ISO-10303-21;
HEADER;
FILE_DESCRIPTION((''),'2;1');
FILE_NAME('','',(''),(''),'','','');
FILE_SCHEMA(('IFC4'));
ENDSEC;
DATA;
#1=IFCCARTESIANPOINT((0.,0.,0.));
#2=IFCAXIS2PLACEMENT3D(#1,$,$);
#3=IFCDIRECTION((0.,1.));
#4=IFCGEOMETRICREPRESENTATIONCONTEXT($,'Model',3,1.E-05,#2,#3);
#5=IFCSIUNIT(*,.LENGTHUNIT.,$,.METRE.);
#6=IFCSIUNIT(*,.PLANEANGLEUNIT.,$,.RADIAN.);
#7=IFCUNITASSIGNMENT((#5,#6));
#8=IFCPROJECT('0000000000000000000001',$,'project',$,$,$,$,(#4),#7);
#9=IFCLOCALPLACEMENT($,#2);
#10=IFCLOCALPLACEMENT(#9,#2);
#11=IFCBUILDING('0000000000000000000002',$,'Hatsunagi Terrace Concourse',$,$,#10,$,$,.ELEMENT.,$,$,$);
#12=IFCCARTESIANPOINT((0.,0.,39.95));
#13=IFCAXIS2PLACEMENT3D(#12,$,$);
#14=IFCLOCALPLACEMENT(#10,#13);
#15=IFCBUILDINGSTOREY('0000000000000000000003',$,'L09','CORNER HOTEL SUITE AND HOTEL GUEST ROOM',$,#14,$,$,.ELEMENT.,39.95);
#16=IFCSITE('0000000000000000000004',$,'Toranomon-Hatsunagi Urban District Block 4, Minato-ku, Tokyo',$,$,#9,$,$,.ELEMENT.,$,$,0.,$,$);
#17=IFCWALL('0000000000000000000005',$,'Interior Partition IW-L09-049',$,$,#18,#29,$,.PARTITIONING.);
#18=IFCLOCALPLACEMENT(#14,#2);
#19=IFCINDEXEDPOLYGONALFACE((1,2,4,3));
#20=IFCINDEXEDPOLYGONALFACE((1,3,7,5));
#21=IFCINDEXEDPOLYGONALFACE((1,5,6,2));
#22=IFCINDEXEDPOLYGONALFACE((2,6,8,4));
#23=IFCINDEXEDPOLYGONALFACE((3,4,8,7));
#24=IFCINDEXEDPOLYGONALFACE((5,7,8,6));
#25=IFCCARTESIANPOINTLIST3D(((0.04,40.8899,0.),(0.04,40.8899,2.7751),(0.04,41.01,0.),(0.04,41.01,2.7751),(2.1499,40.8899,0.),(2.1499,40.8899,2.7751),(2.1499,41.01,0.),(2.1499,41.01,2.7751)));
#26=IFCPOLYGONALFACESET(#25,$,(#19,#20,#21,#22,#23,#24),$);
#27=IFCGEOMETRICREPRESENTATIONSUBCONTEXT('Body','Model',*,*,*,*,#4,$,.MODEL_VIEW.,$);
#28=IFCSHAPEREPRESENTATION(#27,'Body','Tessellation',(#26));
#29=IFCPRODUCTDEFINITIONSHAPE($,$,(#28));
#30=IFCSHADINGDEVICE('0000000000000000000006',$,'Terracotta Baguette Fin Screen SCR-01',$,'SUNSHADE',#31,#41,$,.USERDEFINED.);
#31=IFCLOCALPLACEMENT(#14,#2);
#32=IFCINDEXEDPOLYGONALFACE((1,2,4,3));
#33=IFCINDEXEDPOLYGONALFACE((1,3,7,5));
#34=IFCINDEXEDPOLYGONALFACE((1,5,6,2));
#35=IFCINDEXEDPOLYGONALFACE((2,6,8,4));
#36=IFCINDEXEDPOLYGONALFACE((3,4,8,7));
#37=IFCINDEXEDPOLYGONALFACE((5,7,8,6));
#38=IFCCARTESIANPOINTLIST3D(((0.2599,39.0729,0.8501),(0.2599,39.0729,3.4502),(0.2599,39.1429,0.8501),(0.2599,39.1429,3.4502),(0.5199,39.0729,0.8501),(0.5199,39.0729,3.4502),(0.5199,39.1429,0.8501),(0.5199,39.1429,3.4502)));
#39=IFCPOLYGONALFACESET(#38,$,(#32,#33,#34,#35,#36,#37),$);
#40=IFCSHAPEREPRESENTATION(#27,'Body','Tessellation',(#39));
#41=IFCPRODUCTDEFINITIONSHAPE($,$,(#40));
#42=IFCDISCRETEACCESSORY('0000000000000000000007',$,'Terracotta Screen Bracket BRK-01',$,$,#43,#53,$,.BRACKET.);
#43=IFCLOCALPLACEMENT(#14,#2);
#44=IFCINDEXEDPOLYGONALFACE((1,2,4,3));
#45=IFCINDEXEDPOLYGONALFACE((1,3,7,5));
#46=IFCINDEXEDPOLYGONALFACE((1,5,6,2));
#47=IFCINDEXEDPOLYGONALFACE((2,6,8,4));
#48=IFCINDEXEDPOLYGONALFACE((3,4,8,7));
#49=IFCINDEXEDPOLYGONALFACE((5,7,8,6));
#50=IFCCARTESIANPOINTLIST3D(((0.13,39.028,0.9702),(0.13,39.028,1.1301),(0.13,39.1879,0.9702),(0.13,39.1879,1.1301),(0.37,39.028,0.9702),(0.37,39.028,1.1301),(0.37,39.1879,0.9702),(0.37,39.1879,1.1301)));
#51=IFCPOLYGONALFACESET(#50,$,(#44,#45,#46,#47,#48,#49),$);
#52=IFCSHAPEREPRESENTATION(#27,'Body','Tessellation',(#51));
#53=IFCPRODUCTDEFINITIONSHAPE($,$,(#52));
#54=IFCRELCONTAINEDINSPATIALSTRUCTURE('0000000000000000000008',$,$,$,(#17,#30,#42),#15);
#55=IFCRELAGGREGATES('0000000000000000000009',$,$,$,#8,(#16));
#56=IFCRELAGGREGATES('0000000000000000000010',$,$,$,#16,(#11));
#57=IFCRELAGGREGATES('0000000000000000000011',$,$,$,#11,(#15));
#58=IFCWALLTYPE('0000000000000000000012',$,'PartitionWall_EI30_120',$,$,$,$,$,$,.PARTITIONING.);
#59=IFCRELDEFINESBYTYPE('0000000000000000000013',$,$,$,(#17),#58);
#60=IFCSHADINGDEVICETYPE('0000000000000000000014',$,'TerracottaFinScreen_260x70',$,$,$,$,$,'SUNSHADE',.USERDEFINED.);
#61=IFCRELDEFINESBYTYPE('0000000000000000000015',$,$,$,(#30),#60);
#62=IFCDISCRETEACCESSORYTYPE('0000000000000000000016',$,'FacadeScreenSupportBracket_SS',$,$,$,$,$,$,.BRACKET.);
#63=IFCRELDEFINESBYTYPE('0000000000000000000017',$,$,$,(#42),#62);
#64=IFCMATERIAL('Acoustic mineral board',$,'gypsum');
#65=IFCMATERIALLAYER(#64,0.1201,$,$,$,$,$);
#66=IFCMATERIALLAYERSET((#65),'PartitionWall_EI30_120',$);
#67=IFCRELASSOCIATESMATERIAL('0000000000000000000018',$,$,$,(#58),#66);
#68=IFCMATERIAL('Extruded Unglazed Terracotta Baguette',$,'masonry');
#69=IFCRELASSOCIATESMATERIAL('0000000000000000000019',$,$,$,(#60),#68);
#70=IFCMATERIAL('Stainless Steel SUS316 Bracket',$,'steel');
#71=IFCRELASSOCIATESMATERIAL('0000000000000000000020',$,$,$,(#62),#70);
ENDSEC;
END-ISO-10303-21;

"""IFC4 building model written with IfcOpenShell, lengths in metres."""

from ifc_helpers import new_model, si_unit, direction, frame, frame_2d, origin, origin_2d, place, context, subcontext, project, spatial, rectangle, extrude, material, layer, layer_set, type_object, element, save


model = new_model("IFC4")

# Units and contexts
model_context = context("Model", 3, precision=1e-05, world=origin(), true_north=direction((0.0, 1.0)))
body_context = subcontext(model_context, "Body", "Model", "MODEL_VIEW")
ifc_project = project(units=[si_unit("LENGTHUNIT", "METRE"), si_unit("PLANEANGLEUNIT", "RADIAN")], contexts=[model_context])

# Site, building, storey
site_placement = place(None, origin())
site = spatial("IfcSite", under=ifc_project, at=site_placement, Name="Toranomon-Hatsunagi Urban District Block 4, Minato-ku, Tokyo", CompositionType="ELEMENT", RefElevation=0.0)
building_placement = place(site_placement, origin())
building = spatial("IfcBuilding", under=site, at=building_placement, Name="Hatsunagi Terrace Concourse", CompositionType="ELEMENT")
storey_placement = place(building_placement, frame((0.0, 0.0, 39.95)))
storey = spatial("IfcBuildingStorey", under=building, at=storey_placement, Name="L09", Description="CORNER HOTEL SUITE AND HOTEL GUEST ROOM", CompositionType="ELEMENT", Elevation=39.95)

# Wall
ifc_material_1 = material(Name="Acoustic mineral board", Category="gypsum")
ifc_layer_1 = layer(ifc_material_1, 0.1201)
ifc_layer_set_1 = layer_set([ifc_layer_1], Name="PartitionWall_EI30_120")
wall_type = type_object("IfcWallType", Name="PartitionWall_EI30_120", PredefinedType="PARTITIONING", material=ifc_layer_set_1)
wall_placement = place(storey_placement, frame((0.04, 40.95, 0.0), z_axis=(0.0, 0.0, 1.0), x_axis=(1.0, 0.0, 0.0)))
element("IfcWall", 1, at=wall_placement, inside=storey, type_object=wall_type, Name="Interior Partition IW-L09-049", PredefinedType="PARTITIONING", context=body_context, shape_type="SweptSolid", body=[
    extrude(rectangle(XDim=2.1099, YDim=0.1201, at=frame_2d((1.0549, 0.0))), origin(), (0.0, 0.0, 1.0), 2.7751),
])

# Shading device
ifc_material_2 = material(Name="Extruded Unglazed Terracotta Baguette", Category="masonry")
shading_device_type = type_object("IfcShadingDeviceType", Name="TerracottaFinScreen_260x70", ElementType="SUNSHADE", PredefinedType="USERDEFINED", material=ifc_material_2)
shading_device_placement = place(storey_placement, frame((0.3899, 39.1079, 0.8501), z_axis=(0.0, 0.0, 1.0), x_axis=(0.0, 1.0, 0.0)))
element("IfcShadingDevice", 2, at=shading_device_placement, inside=storey, type_object=shading_device_type, Name="Terracotta Baguette Fin Screen SCR-01", ObjectType="SUNSHADE", PredefinedType="USERDEFINED", context=body_context, shape_type="SweptSolid", body=[
    extrude(rectangle(XDim=0.0701, YDim=0.26, at=origin_2d()), origin(), (0.0, 0.0, 1.0), 2.6001),
])

# Discrete accessory
ifc_material_3 = material(Name="Stainless Steel SUS316 Bracket", Category="steel")
discrete_accessory_type = type_object("IfcDiscreteAccessoryType", Name="FacadeScreenSupportBracket_SS", PredefinedType="BRACKET", material=ifc_material_3)
discrete_accessory_placement = place(storey_placement, frame((0.25, 39.1079, 0.9702), z_axis=(0.0, 0.0, 1.0), x_axis=(0.0, 1.0, 0.0)))
element("IfcDiscreteAccessory", 3, at=discrete_accessory_placement, inside=storey, type_object=discrete_accessory_type, Name="Terracotta Screen Bracket BRK-01", PredefinedType="BRACKET", context=body_context, shape_type="SweptSolid", body=[
    extrude(rectangle(XDim=0.1599, YDim=0.24, at=origin_2d()), origin(), (0.0, 0.0, 1.0), 0.1599),
])

save(model, "model.ifc")
